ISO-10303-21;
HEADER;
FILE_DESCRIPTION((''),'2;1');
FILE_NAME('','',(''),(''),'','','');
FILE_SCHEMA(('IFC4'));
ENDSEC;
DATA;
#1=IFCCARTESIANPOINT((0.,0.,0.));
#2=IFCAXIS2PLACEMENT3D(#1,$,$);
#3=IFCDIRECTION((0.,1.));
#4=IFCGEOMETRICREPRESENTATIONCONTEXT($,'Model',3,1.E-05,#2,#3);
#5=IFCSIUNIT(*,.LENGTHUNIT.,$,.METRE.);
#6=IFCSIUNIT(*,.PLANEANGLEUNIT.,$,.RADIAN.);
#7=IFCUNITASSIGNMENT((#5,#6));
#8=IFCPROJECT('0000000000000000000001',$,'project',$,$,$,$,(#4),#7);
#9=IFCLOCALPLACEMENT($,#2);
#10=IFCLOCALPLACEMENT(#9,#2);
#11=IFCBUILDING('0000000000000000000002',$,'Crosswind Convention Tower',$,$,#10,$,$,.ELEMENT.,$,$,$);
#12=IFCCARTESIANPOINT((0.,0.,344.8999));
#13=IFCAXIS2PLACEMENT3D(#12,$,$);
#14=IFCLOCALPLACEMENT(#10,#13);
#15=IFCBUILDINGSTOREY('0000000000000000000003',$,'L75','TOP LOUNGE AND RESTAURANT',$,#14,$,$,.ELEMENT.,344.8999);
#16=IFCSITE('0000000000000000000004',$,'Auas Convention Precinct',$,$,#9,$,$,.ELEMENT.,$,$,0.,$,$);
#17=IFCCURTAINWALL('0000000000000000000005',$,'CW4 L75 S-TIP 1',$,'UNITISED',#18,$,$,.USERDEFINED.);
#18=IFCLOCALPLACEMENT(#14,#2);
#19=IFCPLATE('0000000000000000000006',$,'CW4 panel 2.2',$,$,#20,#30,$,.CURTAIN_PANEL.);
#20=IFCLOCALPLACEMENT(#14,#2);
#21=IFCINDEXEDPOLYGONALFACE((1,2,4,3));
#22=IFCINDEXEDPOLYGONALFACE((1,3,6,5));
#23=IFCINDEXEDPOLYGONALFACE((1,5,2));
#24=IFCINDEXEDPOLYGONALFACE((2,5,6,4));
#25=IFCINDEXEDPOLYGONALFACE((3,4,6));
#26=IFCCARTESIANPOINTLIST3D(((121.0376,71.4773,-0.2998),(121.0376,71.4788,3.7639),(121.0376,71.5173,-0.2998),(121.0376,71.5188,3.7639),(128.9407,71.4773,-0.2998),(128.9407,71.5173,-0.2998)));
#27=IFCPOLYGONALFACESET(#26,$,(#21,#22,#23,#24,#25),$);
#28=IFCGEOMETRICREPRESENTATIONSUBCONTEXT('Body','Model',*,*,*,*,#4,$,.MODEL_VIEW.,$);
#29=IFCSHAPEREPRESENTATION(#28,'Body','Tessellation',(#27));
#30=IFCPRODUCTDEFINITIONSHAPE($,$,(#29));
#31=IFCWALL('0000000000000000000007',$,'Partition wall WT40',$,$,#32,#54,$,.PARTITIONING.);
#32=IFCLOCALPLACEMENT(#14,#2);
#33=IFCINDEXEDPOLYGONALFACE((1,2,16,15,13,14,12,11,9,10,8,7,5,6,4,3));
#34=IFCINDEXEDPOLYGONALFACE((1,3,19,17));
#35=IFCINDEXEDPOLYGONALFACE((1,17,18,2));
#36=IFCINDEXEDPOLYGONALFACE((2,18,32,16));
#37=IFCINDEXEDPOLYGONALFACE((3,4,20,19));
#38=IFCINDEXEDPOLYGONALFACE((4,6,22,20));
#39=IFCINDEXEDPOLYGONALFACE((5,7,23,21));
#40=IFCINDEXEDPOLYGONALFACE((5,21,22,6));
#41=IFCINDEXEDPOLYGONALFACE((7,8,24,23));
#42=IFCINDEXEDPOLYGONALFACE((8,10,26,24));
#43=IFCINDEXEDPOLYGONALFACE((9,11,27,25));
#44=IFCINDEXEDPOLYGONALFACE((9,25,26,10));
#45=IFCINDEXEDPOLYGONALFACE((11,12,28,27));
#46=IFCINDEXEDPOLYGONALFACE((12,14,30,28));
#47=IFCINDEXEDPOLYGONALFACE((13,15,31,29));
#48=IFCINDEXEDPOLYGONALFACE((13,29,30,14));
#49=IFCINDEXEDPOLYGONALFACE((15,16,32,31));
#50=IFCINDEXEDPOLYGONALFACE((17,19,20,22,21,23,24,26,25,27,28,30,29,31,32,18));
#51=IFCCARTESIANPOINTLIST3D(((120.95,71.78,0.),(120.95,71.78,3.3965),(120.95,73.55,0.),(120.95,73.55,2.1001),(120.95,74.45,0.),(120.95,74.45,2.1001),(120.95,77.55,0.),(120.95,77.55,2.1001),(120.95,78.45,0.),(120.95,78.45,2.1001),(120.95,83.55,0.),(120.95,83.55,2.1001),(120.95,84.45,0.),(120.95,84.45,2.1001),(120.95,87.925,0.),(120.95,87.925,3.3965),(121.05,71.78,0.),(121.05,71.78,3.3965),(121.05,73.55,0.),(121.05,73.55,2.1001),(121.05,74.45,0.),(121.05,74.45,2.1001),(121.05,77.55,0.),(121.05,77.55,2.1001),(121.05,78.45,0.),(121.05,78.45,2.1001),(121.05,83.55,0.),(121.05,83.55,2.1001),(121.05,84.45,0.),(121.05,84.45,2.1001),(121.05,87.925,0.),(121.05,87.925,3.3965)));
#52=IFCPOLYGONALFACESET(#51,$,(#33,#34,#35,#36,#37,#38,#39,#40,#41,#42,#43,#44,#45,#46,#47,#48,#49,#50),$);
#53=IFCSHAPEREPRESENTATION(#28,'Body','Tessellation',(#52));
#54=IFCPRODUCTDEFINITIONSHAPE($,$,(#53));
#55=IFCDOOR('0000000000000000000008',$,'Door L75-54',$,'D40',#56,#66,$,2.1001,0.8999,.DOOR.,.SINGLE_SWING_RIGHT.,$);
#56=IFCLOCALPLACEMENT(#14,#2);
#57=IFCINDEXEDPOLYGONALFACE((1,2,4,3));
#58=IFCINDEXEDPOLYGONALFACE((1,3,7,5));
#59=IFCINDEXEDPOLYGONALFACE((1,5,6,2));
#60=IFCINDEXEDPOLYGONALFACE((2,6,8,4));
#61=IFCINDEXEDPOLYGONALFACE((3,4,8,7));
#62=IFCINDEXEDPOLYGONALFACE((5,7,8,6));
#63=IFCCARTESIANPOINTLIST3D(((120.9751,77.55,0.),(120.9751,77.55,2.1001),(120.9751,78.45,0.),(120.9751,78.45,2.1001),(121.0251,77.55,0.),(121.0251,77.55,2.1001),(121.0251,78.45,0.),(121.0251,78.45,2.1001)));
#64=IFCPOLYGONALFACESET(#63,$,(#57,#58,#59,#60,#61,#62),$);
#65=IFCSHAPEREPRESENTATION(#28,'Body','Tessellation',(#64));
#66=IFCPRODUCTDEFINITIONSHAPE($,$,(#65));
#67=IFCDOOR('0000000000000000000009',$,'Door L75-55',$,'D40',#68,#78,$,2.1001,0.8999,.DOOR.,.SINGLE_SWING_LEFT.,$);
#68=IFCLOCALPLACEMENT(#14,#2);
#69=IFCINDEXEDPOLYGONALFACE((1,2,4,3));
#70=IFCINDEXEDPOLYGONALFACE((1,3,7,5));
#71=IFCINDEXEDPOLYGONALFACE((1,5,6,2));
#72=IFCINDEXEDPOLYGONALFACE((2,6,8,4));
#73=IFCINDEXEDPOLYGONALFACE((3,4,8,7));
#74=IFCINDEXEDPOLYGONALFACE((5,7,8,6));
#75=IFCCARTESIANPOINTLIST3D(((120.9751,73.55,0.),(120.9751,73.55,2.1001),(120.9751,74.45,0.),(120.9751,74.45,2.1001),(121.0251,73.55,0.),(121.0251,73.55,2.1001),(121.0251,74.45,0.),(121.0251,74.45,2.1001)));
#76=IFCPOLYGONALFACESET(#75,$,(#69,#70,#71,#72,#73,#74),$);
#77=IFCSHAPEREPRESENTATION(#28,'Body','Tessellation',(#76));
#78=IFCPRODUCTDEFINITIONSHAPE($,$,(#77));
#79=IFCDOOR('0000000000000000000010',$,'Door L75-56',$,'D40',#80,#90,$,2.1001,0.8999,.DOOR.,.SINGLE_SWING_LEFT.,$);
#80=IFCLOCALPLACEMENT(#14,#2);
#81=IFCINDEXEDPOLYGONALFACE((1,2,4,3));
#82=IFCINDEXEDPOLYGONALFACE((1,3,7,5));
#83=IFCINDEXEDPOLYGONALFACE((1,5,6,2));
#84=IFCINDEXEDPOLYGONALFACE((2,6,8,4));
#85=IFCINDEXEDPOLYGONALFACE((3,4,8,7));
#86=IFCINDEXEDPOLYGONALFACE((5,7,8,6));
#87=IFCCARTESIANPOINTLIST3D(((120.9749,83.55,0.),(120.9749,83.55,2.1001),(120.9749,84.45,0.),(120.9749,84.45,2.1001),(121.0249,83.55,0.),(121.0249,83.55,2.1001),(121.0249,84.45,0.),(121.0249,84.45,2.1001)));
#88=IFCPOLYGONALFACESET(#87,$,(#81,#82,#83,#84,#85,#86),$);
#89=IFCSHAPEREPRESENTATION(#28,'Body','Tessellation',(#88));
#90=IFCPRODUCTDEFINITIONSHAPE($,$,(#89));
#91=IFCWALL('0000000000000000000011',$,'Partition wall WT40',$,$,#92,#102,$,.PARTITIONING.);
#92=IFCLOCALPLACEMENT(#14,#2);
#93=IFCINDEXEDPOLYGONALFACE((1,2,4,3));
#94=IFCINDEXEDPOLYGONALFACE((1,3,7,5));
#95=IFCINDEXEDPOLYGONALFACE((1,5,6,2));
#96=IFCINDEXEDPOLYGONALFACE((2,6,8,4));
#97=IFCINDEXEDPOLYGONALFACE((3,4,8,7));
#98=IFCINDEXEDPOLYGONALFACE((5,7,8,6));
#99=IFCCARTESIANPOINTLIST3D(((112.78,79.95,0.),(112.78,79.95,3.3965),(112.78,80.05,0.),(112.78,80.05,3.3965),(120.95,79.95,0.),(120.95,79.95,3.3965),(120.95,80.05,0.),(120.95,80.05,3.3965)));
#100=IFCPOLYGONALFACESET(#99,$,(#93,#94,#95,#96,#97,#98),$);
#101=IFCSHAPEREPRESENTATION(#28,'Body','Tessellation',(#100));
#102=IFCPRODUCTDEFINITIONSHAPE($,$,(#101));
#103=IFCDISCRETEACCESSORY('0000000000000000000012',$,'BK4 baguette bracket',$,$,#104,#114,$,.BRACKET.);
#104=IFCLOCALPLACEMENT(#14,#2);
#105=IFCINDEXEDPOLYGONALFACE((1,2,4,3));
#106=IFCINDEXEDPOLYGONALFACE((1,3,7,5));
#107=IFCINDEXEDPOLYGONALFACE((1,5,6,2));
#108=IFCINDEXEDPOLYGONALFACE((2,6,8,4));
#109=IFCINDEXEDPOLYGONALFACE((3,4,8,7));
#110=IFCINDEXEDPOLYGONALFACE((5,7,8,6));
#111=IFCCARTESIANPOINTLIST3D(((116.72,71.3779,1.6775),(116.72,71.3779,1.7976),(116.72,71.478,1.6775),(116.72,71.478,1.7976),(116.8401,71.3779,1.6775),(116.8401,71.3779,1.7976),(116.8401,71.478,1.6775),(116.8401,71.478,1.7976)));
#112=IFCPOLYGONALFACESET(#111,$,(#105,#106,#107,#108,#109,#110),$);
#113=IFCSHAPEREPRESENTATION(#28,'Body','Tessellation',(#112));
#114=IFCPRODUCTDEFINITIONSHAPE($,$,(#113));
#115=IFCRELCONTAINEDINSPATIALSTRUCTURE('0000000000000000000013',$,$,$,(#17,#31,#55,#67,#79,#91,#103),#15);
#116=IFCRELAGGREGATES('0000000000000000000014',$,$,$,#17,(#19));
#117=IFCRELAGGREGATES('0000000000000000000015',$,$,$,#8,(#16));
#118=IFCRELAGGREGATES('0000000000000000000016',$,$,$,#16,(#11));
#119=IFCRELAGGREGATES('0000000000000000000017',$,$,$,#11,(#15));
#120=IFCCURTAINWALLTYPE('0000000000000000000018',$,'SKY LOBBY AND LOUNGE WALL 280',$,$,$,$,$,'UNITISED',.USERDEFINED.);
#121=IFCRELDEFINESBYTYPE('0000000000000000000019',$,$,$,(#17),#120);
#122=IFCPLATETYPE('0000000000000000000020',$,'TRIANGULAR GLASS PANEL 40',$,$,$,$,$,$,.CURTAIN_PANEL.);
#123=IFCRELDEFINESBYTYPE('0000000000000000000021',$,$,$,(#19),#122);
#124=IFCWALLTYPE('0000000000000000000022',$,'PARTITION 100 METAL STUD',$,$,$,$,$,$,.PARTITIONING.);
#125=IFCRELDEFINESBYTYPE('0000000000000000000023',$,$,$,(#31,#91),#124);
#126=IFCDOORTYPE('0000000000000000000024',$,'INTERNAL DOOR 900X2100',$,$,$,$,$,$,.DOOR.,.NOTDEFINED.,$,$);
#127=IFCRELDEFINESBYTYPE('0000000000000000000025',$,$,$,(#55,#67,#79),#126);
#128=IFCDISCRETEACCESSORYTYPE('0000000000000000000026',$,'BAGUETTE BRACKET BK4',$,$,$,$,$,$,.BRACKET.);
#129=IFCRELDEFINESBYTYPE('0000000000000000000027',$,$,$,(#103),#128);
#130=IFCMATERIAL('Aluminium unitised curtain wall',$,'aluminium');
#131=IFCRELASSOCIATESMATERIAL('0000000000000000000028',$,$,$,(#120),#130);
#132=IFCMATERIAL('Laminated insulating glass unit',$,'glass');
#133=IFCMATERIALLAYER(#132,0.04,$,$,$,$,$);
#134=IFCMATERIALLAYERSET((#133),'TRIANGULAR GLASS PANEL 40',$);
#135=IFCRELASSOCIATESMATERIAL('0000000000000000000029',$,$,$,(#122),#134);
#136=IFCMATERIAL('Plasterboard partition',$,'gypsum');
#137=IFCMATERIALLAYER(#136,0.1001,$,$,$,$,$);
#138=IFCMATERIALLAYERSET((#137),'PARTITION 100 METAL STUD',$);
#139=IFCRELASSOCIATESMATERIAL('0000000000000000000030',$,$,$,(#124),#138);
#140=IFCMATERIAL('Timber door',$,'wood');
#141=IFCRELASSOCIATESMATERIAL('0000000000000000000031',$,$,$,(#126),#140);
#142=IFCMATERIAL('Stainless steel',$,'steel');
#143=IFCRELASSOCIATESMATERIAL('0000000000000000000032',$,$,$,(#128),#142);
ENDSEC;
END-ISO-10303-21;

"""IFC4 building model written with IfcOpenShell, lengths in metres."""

from ifc_helpers import new_model, si_unit, direction, frame, frame_2d, origin, origin_2d, place, context, subcontext, project, spatial, polyline, rectangle, outline, extrude, material, layer, layer_set, type_object, element, fill, aggregate, save


model = new_model("IFC4")

# Units and contexts
model_context = context("Model", 3, precision=1e-05, world=origin(), true_north=direction((0.0, 1.0)))
body_context = subcontext(model_context, "Body", "Model", "MODEL_VIEW")
ifc_project = project(units=[si_unit("LENGTHUNIT", "METRE"), si_unit("PLANEANGLEUNIT", "RADIAN")], contexts=[model_context])

# Site, building, storey
site_placement = place(None, origin())
site = spatial("IfcSite", under=ifc_project, at=site_placement, Name="Auas Convention Precinct", CompositionType="ELEMENT", RefElevation=0.0)
building_placement = place(site_placement, origin())
building = spatial("IfcBuilding", under=site, at=building_placement, Name="Crosswind Convention Tower", CompositionType="ELEMENT")
storey_placement = place(building_placement, frame((0.0, 0.0, 344.8999)))
storey = spatial("IfcBuildingStorey", under=building, at=storey_placement, Name="L75", Description="TOP LOUNGE AND RESTAURANT", CompositionType="ELEMENT", Elevation=344.8999)

# Curtain wall
ifc_material_1 = material(Name="Aluminium unitised curtain wall", Category="aluminium")
curtain_wall_type = type_object("IfcCurtainWallType", Name="SKY LOBBY AND LOUNGE WALL 280", ElementType="UNITISED", PredefinedType="USERDEFINED", material=ifc_material_1)
curtain_wall_placement = place(storey_placement, origin())
curtain_wall = element("IfcCurtainWall", 1, at=curtain_wall_placement, inside=storey, type_object=curtain_wall_type, Name="CW4 L75 S-TIP 1", ObjectType="UNITISED", PredefinedType="USERDEFINED")

# Plate
ifc_material_2 = material(Name="Laminated insulating glass unit", Category="glass")
ifc_layer_1 = layer(ifc_material_2, 0.04)
ifc_layer_set_1 = layer_set([ifc_layer_1], Name="TRIANGULAR GLASS PANEL 40")
plate_type = type_object("IfcPlateType", Name="TRIANGULAR GLASS PANEL 40", PredefinedType="CURTAIN_PANEL", material=ifc_layer_set_1)
plate_1_placement = place(storey_placement, frame((121.0376, 71.4773, -0.2998), z_axis=(0.0, -1.0, 0.00036), x_axis=(1.0, 0.0, 0.0)))
plate_1 = element("IfcPlate", 2, at=plate_1_placement, type_object=plate_type, Name="CW4 panel 2.2", PredefinedType="CURTAIN_PANEL", context=body_context, shape_type="SweptSolid", body=[
    extrude(outline(polyline([(0.0, 0.0), (7.9031, 0.0), (0.0, 4.0637), (0.0, 0.0)])), origin(), (0.0, 0.0, -1.0), 0.04),
])
aggregate(curtain_wall, [plate_1])

# Wall, openings, doors
ifc_material_3 = material(Name="Plasterboard partition", Category="gypsum")
ifc_layer_2 = layer(ifc_material_3, 0.1001)
ifc_layer_set_2 = layer_set([ifc_layer_2], Name="PARTITION 100 METAL STUD")
wall_type = type_object("IfcWallType", Name="PARTITION 100 METAL STUD", PredefinedType="PARTITIONING", material=ifc_layer_set_2)
wall_1_placement = place(storey_placement, frame((121.0, 71.78, 0.0), z_axis=(0.0, 0.0, 1.0), x_axis=(0.0, 1.0, 0.0)))
wall_1 = element("IfcWall", 3, at=wall_1_placement, inside=storey, type_object=wall_type, Name="Partition wall WT40", PredefinedType="PARTITIONING", context=body_context, shape_type="SweptSolid", body=[
    extrude(rectangle(XDim=16.145, YDim=0.1001, at=frame_2d((8.0725, 0.0))), origin(), (0.0, 0.0, 1.0), 3.3965),
])
opening_1_placement = place(wall_1_placement, frame((5.77, 0.0, 0.0)))
opening_1 = element("IfcOpeningElement", 4, at=opening_1_placement, cuts=wall_1, PredefinedType="OPENING", context=body_context, shape_type="SweptSolid", body=[
    extrude(rectangle(XDim=0.8999, YDim=2.1001, at=frame_2d((0.45, 1.05))), frame((0.0, 0.0601, 0.0), z_axis=(0.0, -1.0, 0.0), x_axis=(1.0, 0.0, 0.0)), (0.0, 0.0, 1.0), 0.1201),
])
opening_2_placement = place(wall_1_placement, frame((1.77, 0.0, 0.0)))
opening_2 = element("IfcOpeningElement", 5, at=opening_2_placement, cuts=wall_1, PredefinedType="OPENING", context=body_context, shape_type="SweptSolid", body=[
    extrude(rectangle(XDim=0.8999, YDim=2.1001, at=frame_2d((0.45, 1.05))), frame((0.0, 0.0601, 0.0), z_axis=(0.0, -1.0, 0.0), x_axis=(1.0, 0.0, 0.0)), (0.0, 0.0, 1.0), 0.1201),
])
opening_3_placement = place(wall_1_placement, frame((11.77, 0.0, 0.0)))
opening_3 = element("IfcOpeningElement", 6, at=opening_3_placement, cuts=wall_1, PredefinedType="OPENING", context=body_context, shape_type="SweptSolid", body=[
    extrude(rectangle(XDim=0.8999, YDim=2.1001, at=frame_2d((0.45, 1.05))), frame((0.0, 0.0601, 0.0), z_axis=(0.0, -1.0, 0.0), x_axis=(1.0, 0.0, 0.0)), (0.0, 0.0, 1.0), 0.1201),
])
ifc_material_4 = material(Name="Timber door", Category="wood")
door_type = type_object("IfcDoorType", Name="INTERNAL DOOR 900X2100", OperationType="NOTDEFINED", PredefinedType="DOOR", material=ifc_material_4)
door_1_placement = place(opening_1_placement, origin())
door_1 = element("IfcDoor", 7, at=door_1_placement, inside=storey, type_object=door_type, Name="Door L75-54", ObjectType="D40", OperationType="SINGLE_SWING_RIGHT", OverallHeight=2.1001, OverallWidth=0.8999, PredefinedType="DOOR", context=body_context, shape_type="SweptSolid", body=[
    extrude(rectangle(XDim=0.8999, YDim=2.1001, at=frame_2d((0.45, 1.05))), frame((0.0, 0.0249, 0.0), z_axis=(0.0, -1.0, 0.0), x_axis=(1.0, 0.0, 0.0)), (0.0, 0.0, 1.0), 0.05),
])
fill(opening_1, door_1)
door_2_placement = place(opening_2_placement, origin())
door_2 = element("IfcDoor", 8, at=door_2_placement, inside=storey, type_object=door_type, Name="Door L75-55", ObjectType="D40", OperationType="SINGLE_SWING_LEFT", OverallHeight=2.1001, OverallWidth=0.8999, PredefinedType="DOOR", context=body_context, shape_type="SweptSolid", body=[
    extrude(rectangle(XDim=0.8999, YDim=2.1001, at=frame_2d((0.45, 1.05))), frame((0.0, 0.0249, 0.0), z_axis=(0.0, -1.0, 0.0), x_axis=(1.0, 0.0, 0.0)), (0.0, 0.0, 1.0), 0.05),
])
fill(opening_2, door_2)
door_3_placement = place(opening_3_placement, frame((0.8999, 0.0, 0.0), z_axis=(0.0, 0.0, 1.0), x_axis=(-1.0, 0.0, 0.0)))
door_3 = element("IfcDoor", 9, at=door_3_placement, inside=storey, type_object=door_type, Name="Door L75-56", ObjectType="D40", OperationType="SINGLE_SWING_LEFT", OverallHeight=2.1001, OverallWidth=0.8999, PredefinedType="DOOR", context=body_context, shape_type="SweptSolid", body=[
    extrude(rectangle(XDim=0.8999, YDim=2.1001, at=frame_2d((0.45, 1.05))), frame((0.0, 0.0249, 0.0), z_axis=(0.0, -1.0, 0.0), x_axis=(1.0, 0.0, 0.0)), (0.0, 0.0, 1.0), 0.05),
])
fill(opening_3, door_3)

# Wall
wall_2_placement = place(storey_placement, frame((112.78, 80.0, 0.0), z_axis=(0.0, 0.0, 1.0), x_axis=(1.0, 0.0, 0.0)))
element("IfcWall", 10, at=wall_2_placement, inside=storey, type_object=wall_type, Name="Partition wall WT40", PredefinedType="PARTITIONING", context=body_context, shape_type="SweptSolid", body=[
    extrude(rectangle(XDim=8.1699, YDim=0.1001, at=frame_2d((4.085, 0.0))), origin(), (0.0, 0.0, 1.0), 3.3965),
])

# Discrete accessory
ifc_material_5 = material(Name="Stainless steel", Category="steel")
discrete_accessory_type = type_object("IfcDiscreteAccessoryType", Name="BAGUETTE BRACKET BK4", PredefinedType="BRACKET", material=ifc_material_5)
discrete_accessory_placement = place(storey_placement, frame((116.78, 71.428, 1.6775), z_axis=(0.0, 0.0, 1.0), x_axis=(1.0, 0.0, 0.0)))
element("IfcDiscreteAccessory", 11, at=discrete_accessory_placement, inside=storey, type_object=discrete_accessory_type, Name="BK4 baguette bracket", PredefinedType="BRACKET", context=body_context, shape_type="SweptSolid", body=[
    extrude(rectangle(XDim=0.1201, YDim=0.1001, at=origin_2d()), origin(), (0.0, 0.0, 1.0), 0.1201),
])

save(model, "model.ifc")
